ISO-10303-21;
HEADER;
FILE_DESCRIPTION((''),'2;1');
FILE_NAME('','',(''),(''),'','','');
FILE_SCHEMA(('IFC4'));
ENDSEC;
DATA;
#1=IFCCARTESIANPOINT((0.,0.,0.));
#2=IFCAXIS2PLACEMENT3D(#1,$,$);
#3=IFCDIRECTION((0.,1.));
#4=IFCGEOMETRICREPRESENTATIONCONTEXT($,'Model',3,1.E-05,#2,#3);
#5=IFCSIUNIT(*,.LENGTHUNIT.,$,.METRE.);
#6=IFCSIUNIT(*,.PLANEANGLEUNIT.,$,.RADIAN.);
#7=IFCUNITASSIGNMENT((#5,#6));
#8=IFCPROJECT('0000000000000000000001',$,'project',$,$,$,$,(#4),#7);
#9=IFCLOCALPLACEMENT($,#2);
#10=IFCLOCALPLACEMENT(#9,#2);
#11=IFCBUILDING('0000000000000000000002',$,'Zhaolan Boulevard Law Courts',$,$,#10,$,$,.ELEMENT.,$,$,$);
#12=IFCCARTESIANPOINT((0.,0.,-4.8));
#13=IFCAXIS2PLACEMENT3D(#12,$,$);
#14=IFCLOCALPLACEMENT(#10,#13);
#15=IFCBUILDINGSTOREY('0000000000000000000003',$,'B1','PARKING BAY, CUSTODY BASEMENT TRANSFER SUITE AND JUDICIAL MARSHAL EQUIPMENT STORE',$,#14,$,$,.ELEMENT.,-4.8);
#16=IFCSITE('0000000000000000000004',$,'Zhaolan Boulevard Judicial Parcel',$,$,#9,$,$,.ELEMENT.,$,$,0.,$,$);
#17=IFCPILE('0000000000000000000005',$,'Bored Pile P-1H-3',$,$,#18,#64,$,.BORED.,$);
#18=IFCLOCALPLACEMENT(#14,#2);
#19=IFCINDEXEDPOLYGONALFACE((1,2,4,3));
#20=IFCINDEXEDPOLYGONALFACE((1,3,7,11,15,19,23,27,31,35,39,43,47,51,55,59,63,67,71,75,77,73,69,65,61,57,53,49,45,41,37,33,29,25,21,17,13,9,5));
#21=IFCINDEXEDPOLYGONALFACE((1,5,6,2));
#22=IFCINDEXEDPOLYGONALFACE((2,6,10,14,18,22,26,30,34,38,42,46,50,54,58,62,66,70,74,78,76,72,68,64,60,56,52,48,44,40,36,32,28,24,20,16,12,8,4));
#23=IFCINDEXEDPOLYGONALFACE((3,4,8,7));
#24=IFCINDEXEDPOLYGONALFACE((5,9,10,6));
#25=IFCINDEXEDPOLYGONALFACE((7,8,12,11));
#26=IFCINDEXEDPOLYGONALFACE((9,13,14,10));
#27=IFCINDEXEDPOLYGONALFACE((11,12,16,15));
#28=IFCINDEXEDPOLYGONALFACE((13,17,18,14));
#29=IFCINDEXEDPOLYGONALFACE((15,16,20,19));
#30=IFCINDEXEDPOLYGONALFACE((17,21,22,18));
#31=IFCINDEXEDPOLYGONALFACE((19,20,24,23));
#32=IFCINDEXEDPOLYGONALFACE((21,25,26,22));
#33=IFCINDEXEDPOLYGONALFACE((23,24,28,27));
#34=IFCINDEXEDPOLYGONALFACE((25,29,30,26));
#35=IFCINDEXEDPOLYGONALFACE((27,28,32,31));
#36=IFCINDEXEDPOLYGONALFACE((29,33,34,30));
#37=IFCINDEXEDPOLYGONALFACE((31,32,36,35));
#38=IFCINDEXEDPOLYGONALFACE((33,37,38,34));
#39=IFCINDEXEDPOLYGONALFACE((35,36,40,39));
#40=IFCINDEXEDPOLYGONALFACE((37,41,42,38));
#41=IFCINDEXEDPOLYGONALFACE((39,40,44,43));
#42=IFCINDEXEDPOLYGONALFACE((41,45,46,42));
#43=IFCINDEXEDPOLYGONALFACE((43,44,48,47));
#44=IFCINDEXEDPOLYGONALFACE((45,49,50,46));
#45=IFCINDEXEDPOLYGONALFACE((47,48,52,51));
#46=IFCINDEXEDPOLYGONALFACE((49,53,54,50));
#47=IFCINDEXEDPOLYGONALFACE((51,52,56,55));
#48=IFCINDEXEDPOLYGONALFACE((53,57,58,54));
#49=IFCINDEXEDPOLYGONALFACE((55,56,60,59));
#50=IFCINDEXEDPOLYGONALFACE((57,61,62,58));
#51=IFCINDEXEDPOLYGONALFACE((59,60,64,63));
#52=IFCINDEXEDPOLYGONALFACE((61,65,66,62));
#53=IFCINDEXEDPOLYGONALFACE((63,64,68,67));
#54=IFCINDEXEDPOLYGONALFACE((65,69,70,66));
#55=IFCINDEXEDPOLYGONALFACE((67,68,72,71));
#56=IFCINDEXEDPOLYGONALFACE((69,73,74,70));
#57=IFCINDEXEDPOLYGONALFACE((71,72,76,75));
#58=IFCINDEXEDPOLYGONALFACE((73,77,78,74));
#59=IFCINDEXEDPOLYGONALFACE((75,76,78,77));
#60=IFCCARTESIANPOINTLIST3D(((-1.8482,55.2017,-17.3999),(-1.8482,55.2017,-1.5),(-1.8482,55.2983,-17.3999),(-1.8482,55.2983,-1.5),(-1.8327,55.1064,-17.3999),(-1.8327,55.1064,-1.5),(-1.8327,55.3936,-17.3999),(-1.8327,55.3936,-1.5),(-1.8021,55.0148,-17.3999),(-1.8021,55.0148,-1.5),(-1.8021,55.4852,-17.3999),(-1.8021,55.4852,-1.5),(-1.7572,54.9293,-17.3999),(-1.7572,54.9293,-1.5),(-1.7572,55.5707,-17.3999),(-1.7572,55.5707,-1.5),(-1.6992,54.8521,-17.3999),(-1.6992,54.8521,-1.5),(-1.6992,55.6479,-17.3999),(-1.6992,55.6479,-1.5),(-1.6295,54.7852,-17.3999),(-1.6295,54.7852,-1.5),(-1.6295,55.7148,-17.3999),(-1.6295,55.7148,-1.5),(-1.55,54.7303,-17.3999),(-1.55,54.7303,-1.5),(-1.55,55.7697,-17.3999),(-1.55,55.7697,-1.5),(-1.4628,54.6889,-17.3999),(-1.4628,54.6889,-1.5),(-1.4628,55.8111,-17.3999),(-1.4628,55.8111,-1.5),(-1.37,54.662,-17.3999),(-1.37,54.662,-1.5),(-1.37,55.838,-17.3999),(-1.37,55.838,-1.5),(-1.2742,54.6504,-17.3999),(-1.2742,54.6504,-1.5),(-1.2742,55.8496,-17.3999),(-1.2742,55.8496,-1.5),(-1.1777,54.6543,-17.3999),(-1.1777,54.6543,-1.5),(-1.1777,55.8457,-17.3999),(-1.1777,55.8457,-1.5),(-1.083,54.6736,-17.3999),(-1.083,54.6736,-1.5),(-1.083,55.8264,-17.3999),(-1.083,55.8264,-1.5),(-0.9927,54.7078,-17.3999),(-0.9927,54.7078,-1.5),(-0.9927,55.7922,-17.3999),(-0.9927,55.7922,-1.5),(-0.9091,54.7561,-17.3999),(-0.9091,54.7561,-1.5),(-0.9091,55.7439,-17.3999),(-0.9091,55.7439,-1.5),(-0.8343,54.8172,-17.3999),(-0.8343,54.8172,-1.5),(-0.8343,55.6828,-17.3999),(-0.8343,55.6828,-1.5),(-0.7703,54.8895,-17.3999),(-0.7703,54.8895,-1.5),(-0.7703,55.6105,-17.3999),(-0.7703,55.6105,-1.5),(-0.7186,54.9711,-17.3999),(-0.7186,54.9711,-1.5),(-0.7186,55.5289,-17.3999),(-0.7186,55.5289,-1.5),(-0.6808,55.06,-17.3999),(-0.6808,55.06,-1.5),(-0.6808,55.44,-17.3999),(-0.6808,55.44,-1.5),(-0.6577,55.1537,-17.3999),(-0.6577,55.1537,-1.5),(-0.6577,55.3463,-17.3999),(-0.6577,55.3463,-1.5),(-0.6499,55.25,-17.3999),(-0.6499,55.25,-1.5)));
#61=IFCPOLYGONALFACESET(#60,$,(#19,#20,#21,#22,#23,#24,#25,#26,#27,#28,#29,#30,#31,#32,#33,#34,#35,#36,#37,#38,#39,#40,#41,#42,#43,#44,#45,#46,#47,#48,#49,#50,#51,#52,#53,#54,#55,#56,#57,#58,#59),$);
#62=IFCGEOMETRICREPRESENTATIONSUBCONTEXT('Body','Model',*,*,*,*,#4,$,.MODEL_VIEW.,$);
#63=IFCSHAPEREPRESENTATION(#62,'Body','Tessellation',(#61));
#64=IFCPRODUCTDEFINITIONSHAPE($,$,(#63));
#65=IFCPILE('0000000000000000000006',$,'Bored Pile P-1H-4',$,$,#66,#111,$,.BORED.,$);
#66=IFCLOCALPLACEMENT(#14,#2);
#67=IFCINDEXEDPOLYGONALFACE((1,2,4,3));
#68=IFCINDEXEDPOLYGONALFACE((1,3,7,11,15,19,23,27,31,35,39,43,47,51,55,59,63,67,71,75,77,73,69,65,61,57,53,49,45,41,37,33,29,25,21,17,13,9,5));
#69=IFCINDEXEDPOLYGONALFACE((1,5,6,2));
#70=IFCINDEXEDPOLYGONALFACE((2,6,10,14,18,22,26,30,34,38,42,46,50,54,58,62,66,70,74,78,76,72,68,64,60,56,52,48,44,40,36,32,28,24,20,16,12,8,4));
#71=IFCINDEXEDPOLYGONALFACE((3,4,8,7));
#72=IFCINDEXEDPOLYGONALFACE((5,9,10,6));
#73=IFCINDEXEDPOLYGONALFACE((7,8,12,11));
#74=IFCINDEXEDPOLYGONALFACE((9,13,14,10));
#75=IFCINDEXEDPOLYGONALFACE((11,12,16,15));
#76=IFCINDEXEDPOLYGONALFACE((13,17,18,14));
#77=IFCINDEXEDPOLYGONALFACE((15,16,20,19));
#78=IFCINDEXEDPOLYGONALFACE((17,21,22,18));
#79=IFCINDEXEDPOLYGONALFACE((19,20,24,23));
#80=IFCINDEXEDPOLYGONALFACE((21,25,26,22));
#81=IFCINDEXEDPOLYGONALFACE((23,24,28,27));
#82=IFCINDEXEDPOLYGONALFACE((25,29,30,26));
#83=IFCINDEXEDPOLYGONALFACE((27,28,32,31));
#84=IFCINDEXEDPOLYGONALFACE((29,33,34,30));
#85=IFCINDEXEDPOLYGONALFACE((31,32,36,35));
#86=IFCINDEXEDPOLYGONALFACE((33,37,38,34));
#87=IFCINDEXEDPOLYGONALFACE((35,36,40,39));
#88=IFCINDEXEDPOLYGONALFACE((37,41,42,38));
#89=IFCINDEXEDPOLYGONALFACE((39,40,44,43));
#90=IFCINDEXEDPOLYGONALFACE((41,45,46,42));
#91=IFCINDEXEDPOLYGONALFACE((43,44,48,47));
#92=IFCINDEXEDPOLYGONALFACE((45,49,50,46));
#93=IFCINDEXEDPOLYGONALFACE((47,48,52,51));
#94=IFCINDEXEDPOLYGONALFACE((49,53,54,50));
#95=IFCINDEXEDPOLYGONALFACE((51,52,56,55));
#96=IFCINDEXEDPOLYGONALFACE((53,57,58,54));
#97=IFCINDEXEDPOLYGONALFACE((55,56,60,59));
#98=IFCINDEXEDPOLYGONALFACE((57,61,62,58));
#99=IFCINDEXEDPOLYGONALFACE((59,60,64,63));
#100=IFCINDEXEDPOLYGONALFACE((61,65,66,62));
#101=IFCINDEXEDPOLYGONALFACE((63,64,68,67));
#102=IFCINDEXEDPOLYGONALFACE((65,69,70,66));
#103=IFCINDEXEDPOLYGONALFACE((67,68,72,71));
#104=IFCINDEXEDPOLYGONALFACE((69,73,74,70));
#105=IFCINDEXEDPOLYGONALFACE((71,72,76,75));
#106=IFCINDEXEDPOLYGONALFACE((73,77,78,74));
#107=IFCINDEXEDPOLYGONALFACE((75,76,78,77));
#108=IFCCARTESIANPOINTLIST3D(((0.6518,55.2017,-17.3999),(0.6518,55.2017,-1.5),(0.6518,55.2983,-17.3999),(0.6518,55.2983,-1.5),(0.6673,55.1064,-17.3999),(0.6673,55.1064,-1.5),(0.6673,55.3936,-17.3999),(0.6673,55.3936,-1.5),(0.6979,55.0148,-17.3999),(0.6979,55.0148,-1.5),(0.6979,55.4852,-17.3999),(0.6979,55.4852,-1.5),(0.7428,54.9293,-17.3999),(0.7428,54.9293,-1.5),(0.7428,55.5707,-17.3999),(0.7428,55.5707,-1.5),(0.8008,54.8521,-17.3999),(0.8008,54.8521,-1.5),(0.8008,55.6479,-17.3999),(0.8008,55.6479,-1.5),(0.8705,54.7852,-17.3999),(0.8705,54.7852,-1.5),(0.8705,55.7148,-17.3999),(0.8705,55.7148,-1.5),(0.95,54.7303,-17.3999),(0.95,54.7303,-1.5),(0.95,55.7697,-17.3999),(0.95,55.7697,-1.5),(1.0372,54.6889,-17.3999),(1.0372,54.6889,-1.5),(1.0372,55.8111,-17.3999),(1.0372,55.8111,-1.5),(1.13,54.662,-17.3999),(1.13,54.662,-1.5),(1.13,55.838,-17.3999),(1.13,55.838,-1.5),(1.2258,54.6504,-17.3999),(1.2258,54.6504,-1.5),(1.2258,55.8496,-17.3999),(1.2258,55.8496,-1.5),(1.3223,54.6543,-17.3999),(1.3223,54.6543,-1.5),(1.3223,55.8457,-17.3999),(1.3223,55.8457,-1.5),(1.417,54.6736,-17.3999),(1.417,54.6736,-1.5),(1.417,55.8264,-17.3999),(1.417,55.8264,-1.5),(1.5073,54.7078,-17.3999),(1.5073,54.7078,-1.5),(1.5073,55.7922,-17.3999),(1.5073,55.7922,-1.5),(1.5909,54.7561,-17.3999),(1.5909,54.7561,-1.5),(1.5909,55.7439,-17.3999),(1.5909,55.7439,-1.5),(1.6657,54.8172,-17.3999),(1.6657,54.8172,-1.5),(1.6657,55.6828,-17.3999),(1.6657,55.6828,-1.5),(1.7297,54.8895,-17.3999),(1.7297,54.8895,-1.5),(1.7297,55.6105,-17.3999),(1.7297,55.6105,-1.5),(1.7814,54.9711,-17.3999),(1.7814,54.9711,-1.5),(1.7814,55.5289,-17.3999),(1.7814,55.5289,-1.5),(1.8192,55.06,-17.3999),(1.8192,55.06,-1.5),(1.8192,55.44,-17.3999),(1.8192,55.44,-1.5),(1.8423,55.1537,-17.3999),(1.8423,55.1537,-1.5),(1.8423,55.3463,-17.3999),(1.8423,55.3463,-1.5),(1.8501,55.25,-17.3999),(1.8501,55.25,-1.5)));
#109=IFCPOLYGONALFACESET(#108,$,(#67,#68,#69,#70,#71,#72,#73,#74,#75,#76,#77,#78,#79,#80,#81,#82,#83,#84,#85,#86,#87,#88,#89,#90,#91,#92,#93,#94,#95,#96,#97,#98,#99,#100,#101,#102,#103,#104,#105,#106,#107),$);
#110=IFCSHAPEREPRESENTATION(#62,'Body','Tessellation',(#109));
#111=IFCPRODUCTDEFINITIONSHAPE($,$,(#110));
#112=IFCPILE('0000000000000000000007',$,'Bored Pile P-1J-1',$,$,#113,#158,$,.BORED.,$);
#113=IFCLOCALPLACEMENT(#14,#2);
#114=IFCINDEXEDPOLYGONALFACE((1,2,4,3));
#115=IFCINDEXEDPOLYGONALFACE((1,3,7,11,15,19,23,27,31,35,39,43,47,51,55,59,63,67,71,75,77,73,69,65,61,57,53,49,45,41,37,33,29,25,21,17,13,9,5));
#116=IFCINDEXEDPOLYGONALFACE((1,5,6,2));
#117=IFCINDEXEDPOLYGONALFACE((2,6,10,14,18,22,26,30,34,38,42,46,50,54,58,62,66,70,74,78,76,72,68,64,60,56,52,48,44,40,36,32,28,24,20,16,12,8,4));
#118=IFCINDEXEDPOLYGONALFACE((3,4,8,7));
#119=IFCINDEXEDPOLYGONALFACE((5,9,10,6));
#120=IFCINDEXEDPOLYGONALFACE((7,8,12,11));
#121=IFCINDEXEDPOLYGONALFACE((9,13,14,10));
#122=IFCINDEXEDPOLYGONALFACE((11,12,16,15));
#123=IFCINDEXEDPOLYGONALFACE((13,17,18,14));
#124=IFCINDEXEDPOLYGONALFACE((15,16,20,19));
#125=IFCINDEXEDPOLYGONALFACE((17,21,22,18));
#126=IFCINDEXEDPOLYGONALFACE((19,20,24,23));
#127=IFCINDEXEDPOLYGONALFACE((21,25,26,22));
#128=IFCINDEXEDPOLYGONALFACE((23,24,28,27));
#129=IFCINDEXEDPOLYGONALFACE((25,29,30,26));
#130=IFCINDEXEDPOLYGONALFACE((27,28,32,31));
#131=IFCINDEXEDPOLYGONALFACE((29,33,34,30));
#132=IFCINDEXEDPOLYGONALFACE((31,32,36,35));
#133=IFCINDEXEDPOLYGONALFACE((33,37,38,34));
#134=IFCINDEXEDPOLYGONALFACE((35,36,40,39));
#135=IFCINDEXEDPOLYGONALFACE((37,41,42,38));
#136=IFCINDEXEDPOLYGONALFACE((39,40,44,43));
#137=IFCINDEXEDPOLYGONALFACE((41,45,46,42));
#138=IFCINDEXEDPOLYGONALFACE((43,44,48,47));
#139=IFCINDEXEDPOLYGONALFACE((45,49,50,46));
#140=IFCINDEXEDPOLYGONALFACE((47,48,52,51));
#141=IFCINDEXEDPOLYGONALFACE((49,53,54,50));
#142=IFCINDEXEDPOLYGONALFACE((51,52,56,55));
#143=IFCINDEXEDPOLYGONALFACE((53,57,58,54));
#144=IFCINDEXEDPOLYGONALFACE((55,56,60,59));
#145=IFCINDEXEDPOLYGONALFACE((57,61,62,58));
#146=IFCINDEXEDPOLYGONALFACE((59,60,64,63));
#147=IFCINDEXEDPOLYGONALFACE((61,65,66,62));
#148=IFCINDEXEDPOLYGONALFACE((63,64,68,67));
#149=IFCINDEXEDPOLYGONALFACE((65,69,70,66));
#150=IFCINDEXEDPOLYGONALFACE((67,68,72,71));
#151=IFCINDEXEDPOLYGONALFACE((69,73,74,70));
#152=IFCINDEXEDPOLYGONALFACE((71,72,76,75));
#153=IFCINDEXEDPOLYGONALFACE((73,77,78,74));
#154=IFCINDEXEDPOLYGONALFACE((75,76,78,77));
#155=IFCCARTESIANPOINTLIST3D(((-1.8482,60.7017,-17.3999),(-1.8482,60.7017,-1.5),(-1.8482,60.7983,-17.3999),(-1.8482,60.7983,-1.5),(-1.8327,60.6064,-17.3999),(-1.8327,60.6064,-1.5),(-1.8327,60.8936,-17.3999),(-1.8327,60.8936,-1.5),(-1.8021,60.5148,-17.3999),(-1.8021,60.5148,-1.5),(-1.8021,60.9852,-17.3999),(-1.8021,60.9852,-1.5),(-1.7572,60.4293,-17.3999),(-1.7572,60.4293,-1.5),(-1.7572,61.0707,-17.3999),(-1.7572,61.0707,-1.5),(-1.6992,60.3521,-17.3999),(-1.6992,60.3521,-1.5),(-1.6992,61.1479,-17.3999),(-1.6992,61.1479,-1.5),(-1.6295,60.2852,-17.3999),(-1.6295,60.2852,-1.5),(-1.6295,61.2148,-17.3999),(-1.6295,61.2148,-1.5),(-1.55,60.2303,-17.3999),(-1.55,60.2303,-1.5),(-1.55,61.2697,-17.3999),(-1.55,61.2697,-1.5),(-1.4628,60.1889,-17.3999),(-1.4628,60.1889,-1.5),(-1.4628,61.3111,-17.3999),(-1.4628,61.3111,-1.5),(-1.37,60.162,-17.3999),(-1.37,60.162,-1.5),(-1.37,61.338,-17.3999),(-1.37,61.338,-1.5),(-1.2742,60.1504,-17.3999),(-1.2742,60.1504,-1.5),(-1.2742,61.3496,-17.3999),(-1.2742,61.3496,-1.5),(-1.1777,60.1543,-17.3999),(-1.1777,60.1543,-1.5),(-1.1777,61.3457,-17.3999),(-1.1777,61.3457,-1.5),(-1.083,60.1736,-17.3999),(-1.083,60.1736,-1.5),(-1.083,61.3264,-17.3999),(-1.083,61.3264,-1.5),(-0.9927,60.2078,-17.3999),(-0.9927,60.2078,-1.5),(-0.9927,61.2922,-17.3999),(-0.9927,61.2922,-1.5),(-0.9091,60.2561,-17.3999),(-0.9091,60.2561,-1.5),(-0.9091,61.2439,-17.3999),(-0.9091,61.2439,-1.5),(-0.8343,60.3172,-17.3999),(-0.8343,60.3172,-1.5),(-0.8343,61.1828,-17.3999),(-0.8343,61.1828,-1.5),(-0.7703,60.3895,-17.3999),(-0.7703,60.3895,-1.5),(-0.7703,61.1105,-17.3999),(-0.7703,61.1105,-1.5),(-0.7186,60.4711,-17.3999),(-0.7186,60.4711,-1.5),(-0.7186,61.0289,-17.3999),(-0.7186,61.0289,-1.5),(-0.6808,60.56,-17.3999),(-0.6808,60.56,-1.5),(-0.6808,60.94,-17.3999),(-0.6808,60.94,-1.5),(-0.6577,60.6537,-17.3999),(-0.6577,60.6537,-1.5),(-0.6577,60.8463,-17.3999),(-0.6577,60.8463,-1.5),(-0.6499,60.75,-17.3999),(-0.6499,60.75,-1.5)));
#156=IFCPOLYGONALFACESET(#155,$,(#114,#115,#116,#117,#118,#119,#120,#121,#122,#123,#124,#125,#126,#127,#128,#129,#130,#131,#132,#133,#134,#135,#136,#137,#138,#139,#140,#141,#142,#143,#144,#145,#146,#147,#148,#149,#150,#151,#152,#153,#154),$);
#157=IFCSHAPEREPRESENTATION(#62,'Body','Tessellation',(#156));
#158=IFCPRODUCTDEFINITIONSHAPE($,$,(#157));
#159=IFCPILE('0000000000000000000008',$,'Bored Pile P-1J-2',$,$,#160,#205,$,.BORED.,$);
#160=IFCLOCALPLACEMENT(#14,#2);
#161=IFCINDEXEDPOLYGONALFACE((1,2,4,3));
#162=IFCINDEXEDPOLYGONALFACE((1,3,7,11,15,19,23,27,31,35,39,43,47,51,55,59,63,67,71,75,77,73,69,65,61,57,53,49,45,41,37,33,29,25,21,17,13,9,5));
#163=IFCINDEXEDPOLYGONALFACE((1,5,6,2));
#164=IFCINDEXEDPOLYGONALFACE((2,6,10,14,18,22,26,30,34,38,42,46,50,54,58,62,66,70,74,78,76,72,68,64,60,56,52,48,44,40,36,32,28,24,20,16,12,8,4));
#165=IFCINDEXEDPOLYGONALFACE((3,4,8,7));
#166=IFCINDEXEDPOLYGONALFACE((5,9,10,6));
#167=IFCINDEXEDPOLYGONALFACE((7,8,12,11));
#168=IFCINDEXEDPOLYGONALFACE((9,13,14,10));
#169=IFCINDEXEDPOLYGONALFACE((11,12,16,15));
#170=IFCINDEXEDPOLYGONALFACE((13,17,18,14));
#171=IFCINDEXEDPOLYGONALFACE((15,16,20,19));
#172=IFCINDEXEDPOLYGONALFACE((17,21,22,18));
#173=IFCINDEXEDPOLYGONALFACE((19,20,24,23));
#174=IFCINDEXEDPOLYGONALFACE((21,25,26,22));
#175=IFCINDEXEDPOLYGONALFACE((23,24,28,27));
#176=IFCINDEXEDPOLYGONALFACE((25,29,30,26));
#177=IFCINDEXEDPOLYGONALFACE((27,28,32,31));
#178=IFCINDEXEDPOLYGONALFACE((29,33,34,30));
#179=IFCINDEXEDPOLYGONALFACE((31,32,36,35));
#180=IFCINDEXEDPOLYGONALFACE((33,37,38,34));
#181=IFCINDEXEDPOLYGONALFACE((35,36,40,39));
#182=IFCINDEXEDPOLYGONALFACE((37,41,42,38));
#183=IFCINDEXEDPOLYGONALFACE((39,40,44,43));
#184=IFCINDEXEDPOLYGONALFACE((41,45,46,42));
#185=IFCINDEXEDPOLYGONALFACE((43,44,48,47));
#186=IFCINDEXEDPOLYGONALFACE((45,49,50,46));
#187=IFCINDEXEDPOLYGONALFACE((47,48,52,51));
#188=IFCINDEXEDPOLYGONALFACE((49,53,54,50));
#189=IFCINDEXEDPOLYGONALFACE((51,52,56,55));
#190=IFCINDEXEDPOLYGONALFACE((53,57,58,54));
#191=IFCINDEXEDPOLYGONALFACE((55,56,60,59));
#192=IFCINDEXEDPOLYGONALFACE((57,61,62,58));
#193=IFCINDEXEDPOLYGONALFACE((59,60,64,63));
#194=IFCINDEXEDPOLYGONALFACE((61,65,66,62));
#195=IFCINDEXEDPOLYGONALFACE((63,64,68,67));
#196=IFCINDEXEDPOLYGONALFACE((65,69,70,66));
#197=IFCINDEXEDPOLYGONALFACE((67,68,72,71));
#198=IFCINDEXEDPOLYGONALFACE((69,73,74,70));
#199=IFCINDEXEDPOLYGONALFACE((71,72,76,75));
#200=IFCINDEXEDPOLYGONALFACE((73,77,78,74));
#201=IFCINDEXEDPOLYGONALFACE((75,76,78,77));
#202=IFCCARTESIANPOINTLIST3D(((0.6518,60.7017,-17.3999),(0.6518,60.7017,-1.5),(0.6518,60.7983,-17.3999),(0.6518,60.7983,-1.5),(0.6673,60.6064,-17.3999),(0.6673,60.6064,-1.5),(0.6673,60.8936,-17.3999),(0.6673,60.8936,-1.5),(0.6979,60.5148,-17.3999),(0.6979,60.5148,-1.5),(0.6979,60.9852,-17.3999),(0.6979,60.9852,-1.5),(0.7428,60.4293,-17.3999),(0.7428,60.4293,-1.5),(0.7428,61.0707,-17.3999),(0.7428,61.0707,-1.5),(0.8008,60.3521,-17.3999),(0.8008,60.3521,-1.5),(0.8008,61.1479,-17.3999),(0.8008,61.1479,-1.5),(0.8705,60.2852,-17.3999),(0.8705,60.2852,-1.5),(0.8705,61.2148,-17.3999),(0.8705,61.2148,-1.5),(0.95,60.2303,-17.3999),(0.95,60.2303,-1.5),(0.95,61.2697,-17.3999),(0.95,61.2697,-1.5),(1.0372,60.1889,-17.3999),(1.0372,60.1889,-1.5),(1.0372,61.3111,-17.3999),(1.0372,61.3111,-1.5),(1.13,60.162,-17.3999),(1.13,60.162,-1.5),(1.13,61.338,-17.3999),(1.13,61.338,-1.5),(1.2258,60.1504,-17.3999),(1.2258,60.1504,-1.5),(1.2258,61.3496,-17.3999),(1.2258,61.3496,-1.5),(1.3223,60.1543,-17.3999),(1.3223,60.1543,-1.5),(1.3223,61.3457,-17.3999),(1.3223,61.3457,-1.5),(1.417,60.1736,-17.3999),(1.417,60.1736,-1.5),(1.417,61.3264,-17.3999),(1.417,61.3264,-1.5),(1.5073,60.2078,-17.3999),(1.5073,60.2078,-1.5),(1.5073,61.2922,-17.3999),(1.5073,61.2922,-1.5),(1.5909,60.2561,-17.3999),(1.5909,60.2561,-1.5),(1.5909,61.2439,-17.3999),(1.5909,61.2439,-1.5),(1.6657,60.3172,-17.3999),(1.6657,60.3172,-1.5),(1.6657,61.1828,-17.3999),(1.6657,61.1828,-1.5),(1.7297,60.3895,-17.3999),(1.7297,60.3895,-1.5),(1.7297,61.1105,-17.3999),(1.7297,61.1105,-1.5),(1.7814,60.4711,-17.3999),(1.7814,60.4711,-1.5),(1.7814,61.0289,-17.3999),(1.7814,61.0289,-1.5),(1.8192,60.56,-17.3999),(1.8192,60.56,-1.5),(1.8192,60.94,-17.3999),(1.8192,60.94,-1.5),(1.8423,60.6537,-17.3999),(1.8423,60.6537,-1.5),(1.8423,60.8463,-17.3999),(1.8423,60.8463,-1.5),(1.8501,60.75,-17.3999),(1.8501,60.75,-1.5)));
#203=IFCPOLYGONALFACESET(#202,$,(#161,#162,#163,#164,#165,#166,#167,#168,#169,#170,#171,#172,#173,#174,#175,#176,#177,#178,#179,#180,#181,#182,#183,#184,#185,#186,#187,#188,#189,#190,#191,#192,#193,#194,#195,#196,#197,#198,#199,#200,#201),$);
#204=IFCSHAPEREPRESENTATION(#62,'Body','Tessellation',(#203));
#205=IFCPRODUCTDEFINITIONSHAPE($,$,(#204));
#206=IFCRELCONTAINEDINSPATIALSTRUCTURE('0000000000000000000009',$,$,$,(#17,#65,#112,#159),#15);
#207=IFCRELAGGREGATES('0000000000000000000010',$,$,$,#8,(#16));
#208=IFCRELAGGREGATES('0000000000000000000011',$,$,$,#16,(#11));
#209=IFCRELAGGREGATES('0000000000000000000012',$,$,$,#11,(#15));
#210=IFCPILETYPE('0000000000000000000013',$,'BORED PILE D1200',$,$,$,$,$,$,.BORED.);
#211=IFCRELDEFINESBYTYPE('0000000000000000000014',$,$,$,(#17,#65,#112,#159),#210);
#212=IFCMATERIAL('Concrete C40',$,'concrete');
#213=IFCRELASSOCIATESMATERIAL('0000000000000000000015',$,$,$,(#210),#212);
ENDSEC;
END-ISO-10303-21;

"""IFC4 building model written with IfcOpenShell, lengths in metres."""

from ifc_helpers import new_model, si_unit, direction, frame, origin, origin_2d, place, context, subcontext, project, spatial, circle, extrude, material, material_profile, profile_set, type_object, element, save


model = new_model("IFC4")

# Units and contexts
model_context = context("Model", 3, precision=1e-05, world=origin(), true_north=direction((0.0, 1.0)))
body_context = subcontext(model_context, "Body", "Model", "MODEL_VIEW")
ifc_project = project(units=[si_unit("LENGTHUNIT", "METRE"), si_unit("PLANEANGLEUNIT", "RADIAN")], contexts=[model_context])

# Site, building, storey
site_placement = place(None, origin())
site = spatial("IfcSite", under=ifc_project, at=site_placement, Name="Zhaolan Boulevard Judicial Parcel", CompositionType="ELEMENT", RefElevation=0.0)
building_placement = place(site_placement, origin())
building = spatial("IfcBuilding", under=site, at=building_placement, Name="Zhaolan Boulevard Law Courts", CompositionType="ELEMENT")
storey_placement = place(building_placement, frame((0.0, 0.0, -4.8)))
storey = spatial("IfcBuildingStorey", under=building, at=storey_placement, Name="B1", Description="PARKING BAY, CUSTODY BASEMENT TRANSFER SUITE AND JUDICIAL MARSHAL EQUIPMENT STORE", CompositionType="ELEMENT", Elevation=-4.8)

# Piles
ifc_material_1 = material(Name="Concrete C40", Category="concrete")
ifc_material_profile_1 = material_profile(ifc_material_1, circle(Radius=0.6001, at=origin_2d()), Name="PILE-D1200")
ifc_profile_set_1 = profile_set([ifc_material_profile_1], Name="Concrete C40")
pile_type = type_object("IfcPileType", Name="BORED PILE D1200", PredefinedType="BORED", material=ifc_profile_set_1)
for number, where, z_axis, x_axis, name in (
    (1, (-1.25, 55.25, -1.5), (0.0, 0.0, -1.0), (1.0, 0.0, 0.0), "Bored Pile P-1H-3"),
    (2, (1.25, 55.25, -1.5), (0.0, 0.0, -1.0), (1.0, 0.0, 0.0), "Bored Pile P-1H-4"),
    (3, (-1.25, 60.75, -1.5), (0.0, 0.0, -1.0), (1.0, 0.0, 0.0), "Bored Pile P-1J-1"),
    (4, (1.25, 60.75, -1.5), (0.0, 0.0, -1.0), (1.0, 0.0, 0.0), "Bored Pile P-1J-2"),
):
    element("IfcPile", number, at=place(storey_placement, frame(where, z_axis=z_axis, x_axis=x_axis)), inside=storey, type_object=pile_type, Name=name, PredefinedType="BORED", context=body_context, shape_type="SweptSolid", body=[
        extrude(circle(Radius=0.6001, at=origin_2d()), origin(), (0.0, 0.0, 1.0), 15.8999),
    ])

save(model, "model.ifc")
